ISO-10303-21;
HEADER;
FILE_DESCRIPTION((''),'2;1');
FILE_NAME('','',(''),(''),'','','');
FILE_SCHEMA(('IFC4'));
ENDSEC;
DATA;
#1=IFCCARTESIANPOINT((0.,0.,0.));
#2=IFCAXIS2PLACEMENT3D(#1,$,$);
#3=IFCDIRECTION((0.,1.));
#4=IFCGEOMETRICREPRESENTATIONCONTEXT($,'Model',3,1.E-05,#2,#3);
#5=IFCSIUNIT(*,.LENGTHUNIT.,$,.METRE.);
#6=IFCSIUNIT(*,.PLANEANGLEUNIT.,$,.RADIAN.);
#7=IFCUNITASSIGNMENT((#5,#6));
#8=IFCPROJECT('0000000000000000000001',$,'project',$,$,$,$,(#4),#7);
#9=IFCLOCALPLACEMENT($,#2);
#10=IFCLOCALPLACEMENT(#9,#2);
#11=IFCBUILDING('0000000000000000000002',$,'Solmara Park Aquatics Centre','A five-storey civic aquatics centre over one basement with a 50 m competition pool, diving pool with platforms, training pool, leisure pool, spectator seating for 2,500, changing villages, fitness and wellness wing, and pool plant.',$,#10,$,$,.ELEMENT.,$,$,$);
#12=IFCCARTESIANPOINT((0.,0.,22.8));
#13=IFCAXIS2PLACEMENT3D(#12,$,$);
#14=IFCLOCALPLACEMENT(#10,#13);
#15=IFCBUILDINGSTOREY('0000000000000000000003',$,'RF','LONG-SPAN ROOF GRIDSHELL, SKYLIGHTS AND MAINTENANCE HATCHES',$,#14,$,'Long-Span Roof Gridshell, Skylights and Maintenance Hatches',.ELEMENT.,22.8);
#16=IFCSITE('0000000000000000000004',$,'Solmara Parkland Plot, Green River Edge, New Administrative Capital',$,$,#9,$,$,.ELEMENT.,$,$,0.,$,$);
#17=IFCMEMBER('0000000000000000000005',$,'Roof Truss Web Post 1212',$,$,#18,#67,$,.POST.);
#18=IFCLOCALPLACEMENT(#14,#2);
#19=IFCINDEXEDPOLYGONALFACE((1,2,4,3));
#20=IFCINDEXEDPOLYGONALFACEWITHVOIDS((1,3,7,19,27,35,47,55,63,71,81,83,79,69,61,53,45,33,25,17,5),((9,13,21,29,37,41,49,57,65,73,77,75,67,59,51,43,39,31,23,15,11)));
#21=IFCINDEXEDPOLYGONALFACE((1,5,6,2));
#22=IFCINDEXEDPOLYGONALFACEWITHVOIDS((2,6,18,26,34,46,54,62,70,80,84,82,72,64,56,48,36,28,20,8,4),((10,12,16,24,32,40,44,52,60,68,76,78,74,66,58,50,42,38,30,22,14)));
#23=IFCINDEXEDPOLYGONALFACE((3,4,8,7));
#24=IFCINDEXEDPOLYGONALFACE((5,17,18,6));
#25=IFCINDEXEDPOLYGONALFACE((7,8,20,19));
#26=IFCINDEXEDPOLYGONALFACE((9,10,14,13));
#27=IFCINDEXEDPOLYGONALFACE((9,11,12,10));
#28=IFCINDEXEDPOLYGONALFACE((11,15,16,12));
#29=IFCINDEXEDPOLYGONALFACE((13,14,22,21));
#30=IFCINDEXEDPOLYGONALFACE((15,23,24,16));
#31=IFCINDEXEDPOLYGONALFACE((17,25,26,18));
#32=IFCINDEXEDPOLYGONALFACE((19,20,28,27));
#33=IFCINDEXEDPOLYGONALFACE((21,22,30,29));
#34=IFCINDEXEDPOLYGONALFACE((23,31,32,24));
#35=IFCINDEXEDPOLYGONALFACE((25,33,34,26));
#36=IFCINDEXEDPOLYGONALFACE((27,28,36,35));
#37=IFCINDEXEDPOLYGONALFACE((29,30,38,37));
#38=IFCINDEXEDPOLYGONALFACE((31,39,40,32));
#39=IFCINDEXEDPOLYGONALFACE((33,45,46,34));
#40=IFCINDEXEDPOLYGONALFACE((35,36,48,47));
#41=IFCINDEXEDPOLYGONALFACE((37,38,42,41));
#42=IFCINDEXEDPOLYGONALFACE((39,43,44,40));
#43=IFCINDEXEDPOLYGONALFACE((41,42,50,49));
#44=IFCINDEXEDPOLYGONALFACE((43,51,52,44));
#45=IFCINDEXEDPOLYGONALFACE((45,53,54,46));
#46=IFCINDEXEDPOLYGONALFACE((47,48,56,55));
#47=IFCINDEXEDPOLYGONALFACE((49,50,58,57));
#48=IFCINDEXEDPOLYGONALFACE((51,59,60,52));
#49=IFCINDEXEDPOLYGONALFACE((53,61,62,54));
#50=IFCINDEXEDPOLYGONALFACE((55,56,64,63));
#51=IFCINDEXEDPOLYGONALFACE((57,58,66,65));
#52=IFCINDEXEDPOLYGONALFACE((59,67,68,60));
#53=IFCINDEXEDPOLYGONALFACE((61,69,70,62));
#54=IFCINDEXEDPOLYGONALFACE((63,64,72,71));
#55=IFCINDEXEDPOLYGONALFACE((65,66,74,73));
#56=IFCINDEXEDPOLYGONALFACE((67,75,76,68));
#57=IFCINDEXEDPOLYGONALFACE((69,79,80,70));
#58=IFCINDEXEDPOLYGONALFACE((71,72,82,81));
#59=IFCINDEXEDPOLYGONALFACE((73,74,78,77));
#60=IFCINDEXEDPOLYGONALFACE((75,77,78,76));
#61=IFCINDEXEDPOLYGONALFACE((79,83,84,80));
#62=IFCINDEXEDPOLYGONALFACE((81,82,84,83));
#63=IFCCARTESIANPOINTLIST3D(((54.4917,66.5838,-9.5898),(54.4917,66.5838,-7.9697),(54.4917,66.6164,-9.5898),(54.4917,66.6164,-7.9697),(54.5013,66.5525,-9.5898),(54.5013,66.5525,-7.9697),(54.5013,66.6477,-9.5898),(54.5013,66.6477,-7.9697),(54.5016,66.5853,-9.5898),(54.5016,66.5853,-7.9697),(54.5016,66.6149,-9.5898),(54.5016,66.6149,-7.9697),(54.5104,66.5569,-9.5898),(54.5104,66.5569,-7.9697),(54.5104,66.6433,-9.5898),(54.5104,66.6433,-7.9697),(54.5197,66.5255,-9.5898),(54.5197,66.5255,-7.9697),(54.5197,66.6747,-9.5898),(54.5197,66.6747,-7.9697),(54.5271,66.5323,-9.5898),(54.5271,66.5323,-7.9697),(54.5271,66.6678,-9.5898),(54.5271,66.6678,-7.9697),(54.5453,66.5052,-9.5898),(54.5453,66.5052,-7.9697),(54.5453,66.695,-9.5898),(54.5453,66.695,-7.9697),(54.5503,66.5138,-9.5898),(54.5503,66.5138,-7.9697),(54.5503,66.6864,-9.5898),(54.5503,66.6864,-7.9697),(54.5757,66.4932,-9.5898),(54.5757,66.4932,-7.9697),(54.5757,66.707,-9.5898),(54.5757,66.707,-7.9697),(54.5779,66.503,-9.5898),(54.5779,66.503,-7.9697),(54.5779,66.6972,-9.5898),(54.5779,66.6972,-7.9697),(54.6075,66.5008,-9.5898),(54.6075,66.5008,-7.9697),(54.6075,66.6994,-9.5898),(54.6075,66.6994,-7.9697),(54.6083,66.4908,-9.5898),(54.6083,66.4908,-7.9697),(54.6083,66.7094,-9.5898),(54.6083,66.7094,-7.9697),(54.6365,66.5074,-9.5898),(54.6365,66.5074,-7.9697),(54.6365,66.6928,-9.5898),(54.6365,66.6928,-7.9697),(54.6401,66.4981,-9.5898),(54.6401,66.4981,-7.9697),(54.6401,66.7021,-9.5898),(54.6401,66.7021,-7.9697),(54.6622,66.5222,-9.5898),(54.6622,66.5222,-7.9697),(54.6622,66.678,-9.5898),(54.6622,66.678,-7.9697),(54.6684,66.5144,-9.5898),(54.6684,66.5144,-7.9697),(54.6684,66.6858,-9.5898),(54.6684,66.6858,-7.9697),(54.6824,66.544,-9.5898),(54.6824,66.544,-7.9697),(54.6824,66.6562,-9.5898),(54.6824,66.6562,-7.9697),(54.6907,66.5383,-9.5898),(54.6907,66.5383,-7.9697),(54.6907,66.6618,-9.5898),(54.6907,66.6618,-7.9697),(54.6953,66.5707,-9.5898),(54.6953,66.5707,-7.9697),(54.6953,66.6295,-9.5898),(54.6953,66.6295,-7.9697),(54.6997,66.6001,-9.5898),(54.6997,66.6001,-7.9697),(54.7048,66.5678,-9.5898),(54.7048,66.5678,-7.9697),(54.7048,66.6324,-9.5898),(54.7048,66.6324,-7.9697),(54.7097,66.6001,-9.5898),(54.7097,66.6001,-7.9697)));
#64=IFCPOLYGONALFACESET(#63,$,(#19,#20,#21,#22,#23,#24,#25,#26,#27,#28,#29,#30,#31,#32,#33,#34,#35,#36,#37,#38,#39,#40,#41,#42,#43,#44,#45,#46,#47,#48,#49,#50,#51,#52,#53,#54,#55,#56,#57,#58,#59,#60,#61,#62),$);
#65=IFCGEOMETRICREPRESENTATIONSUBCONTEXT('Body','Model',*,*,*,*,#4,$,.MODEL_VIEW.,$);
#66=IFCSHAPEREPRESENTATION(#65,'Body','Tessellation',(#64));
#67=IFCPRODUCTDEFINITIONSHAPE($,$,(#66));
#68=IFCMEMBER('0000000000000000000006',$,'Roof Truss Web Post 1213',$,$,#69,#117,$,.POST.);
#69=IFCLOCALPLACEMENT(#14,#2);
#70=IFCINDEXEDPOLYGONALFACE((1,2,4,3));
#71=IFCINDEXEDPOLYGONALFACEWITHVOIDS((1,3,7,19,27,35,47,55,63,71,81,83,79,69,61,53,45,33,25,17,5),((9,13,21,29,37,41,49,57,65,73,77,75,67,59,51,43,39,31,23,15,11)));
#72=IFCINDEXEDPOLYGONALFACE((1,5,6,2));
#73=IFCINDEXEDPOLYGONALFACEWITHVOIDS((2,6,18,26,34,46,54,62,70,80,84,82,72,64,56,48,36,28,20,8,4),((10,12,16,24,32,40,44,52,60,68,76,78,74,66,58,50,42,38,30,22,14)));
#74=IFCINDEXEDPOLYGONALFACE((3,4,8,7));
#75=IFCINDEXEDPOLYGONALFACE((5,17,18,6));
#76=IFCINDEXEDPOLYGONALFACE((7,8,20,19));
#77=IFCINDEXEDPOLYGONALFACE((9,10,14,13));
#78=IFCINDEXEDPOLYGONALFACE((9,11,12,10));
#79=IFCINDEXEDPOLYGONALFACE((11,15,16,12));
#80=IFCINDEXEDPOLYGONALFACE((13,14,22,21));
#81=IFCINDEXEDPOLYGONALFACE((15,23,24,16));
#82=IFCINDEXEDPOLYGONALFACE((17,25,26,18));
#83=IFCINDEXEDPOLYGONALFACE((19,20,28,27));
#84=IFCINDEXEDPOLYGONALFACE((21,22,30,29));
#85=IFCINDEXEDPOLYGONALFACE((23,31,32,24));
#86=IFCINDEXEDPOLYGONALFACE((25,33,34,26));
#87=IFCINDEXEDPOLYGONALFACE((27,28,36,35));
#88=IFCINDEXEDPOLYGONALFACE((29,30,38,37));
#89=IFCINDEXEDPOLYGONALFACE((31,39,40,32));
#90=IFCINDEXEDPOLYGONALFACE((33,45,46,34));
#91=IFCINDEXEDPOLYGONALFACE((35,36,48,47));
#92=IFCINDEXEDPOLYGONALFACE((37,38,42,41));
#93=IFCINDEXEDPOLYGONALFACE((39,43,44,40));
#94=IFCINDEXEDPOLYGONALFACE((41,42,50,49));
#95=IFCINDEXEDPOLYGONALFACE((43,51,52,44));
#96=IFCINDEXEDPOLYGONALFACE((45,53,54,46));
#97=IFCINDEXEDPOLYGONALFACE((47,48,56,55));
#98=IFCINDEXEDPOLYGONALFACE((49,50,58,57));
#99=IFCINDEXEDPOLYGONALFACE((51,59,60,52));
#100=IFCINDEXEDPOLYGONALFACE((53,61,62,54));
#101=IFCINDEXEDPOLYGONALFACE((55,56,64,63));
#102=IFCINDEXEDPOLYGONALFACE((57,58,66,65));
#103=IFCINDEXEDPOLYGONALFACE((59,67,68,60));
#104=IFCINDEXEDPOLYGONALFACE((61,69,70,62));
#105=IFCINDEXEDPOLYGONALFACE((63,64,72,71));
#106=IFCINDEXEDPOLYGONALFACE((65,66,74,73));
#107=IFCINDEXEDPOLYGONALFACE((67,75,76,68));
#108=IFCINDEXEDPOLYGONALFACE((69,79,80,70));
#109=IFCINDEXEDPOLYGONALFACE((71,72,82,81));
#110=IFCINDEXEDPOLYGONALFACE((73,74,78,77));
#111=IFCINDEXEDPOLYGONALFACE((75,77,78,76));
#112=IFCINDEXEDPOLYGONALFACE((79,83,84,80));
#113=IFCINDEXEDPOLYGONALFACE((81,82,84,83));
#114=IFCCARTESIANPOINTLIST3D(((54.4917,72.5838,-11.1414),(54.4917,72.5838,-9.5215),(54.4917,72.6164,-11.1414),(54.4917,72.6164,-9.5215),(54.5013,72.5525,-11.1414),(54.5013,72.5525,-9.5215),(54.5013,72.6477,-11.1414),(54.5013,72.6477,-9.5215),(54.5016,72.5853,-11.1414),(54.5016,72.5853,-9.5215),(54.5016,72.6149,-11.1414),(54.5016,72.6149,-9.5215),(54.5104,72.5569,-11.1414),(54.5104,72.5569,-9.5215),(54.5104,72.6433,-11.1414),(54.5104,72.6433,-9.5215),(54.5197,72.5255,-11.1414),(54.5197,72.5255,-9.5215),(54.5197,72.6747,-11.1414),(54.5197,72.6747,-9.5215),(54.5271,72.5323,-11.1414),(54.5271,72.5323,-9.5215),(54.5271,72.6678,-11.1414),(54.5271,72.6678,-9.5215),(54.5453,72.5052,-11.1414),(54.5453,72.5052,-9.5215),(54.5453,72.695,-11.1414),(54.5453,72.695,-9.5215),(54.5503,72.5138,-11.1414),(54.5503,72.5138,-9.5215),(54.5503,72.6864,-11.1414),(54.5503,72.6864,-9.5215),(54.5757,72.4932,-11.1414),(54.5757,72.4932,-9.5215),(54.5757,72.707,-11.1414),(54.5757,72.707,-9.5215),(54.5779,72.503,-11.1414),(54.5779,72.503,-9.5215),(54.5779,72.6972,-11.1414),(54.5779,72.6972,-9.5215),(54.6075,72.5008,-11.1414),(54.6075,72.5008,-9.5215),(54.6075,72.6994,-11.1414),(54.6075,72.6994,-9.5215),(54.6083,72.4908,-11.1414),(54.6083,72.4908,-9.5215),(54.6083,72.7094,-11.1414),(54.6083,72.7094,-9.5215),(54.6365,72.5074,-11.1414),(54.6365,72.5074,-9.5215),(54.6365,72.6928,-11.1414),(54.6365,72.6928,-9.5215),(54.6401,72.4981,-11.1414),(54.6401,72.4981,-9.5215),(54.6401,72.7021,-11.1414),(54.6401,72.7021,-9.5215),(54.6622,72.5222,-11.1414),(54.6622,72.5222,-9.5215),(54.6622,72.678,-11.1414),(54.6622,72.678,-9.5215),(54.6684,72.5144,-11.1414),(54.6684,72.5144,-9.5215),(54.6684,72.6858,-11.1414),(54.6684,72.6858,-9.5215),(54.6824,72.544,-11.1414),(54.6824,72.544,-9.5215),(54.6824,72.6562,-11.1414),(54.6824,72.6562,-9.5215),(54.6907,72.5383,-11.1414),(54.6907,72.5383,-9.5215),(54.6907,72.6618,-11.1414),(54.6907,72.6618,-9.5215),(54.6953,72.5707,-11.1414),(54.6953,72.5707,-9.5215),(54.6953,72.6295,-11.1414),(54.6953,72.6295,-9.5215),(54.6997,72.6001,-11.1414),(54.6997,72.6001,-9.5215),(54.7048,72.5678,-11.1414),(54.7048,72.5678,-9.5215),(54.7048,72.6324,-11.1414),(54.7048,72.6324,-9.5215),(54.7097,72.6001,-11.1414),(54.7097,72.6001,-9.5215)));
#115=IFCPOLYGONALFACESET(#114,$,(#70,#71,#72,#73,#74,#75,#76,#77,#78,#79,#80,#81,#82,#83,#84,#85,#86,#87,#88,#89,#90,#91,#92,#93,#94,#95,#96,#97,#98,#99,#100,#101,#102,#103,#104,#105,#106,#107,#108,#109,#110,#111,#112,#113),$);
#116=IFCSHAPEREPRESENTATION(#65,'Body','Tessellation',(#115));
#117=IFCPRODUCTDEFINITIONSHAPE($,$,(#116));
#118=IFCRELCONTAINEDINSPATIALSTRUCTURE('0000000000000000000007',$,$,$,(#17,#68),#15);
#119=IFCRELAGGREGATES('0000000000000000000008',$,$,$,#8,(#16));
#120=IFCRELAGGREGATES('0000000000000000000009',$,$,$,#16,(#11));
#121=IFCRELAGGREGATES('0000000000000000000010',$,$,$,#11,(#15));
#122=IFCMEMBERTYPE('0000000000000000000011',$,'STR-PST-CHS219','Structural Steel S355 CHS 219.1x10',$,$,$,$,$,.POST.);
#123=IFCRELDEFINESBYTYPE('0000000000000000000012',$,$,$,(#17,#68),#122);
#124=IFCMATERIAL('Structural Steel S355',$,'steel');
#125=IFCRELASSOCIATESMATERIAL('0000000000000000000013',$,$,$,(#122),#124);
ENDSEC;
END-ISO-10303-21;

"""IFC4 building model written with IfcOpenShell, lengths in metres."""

from ifc_helpers import new_model, si_unit, direction, frame, origin, origin_2d, place, context, subcontext, project, spatial, hollow_circle, extrude, material, material_profile, profile_set, type_object, element, save


model = new_model("IFC4")

# Units and contexts
model_context = context("Model", 3, precision=1e-05, world=origin(), true_north=direction((0.0, 1.0)))
body_context = subcontext(model_context, "Body", "Model", "MODEL_VIEW")
ifc_project = project(units=[si_unit("LENGTHUNIT", "METRE"), si_unit("PLANEANGLEUNIT", "RADIAN")], contexts=[model_context])

# Site, building, storey
site_placement = place(None, origin())
site = spatial("IfcSite", under=ifc_project, at=site_placement, Name="Solmara Parkland Plot, Green River Edge, New Administrative Capital", CompositionType="ELEMENT", RefElevation=0.0)
building_placement = place(site_placement, origin())
building = spatial("IfcBuilding", under=site, at=building_placement, Name="Solmara Park Aquatics Centre", Description="A five-storey civic aquatics centre over one basement with a 50 m competition pool, diving pool with platforms, training pool, leisure pool, spectator seating for 2,500, changing villages, fitness and wellness wing, and pool plant.", CompositionType="ELEMENT")
storey_placement = place(building_placement, frame((0.0, 0.0, 22.8)))
storey = spatial("IfcBuildingStorey", under=building, at=storey_placement, Name="RF", Description="LONG-SPAN ROOF GRIDSHELL, SKYLIGHTS AND MAINTENANCE HATCHES", LongName="Long-Span Roof Gridshell, Skylights and Maintenance Hatches", CompositionType="ELEMENT", Elevation=22.8)

# Members
ifc_material_1 = material(Name="Structural Steel S355", Category="steel")
ifc_material_profile_1 = material_profile(ifc_material_1, hollow_circle(Radius=0.1096, WallThickness=0.01, at=origin_2d()), Name="CHS 219.1x10")
ifc_profile_set_1 = profile_set([ifc_material_profile_1], Name="Structural Steel S355")
member_type_1 = type_object("IfcMemberType", Name="STR-PST-CHS219", Description="Structural Steel S355 CHS 219.1x10", PredefinedType="POST", material=ifc_profile_set_1)
member_1_placement = place(storey_placement, frame((54.6001, 66.6001, -9.5898), z_axis=(0.0, 0.0, 1.0), x_axis=(1.0, 0.0, 0.0)))
element("IfcMember", 1, at=member_1_placement, inside=storey, type_object=member_type_1, Name="Roof Truss Web Post 1212", PredefinedType="POST", context=body_context, shape_type="SweptSolid", body=[
    extrude(hollow_circle(Radius=0.1096, WallThickness=0.01, at=origin_2d()), origin(), (0.0, 0.0, 1.0), 1.6201),
])
member_2_placement = place(storey_placement, frame((54.6001, 72.6001, -11.1414), z_axis=(0.0, 0.0, 1.0), x_axis=(1.0, 0.0, 0.0)))
element("IfcMember", 2, at=member_2_placement, inside=storey, type_object=member_type_1, Name="Roof Truss Web Post 1213", PredefinedType="POST", context=body_context, shape_type="SweptSolid", body=[
    extrude(hollow_circle(Radius=0.1096, WallThickness=0.01, at=origin_2d()), origin(), (0.0, 0.0, 1.0), 1.6199),
])

save(model, "model.ifc")
